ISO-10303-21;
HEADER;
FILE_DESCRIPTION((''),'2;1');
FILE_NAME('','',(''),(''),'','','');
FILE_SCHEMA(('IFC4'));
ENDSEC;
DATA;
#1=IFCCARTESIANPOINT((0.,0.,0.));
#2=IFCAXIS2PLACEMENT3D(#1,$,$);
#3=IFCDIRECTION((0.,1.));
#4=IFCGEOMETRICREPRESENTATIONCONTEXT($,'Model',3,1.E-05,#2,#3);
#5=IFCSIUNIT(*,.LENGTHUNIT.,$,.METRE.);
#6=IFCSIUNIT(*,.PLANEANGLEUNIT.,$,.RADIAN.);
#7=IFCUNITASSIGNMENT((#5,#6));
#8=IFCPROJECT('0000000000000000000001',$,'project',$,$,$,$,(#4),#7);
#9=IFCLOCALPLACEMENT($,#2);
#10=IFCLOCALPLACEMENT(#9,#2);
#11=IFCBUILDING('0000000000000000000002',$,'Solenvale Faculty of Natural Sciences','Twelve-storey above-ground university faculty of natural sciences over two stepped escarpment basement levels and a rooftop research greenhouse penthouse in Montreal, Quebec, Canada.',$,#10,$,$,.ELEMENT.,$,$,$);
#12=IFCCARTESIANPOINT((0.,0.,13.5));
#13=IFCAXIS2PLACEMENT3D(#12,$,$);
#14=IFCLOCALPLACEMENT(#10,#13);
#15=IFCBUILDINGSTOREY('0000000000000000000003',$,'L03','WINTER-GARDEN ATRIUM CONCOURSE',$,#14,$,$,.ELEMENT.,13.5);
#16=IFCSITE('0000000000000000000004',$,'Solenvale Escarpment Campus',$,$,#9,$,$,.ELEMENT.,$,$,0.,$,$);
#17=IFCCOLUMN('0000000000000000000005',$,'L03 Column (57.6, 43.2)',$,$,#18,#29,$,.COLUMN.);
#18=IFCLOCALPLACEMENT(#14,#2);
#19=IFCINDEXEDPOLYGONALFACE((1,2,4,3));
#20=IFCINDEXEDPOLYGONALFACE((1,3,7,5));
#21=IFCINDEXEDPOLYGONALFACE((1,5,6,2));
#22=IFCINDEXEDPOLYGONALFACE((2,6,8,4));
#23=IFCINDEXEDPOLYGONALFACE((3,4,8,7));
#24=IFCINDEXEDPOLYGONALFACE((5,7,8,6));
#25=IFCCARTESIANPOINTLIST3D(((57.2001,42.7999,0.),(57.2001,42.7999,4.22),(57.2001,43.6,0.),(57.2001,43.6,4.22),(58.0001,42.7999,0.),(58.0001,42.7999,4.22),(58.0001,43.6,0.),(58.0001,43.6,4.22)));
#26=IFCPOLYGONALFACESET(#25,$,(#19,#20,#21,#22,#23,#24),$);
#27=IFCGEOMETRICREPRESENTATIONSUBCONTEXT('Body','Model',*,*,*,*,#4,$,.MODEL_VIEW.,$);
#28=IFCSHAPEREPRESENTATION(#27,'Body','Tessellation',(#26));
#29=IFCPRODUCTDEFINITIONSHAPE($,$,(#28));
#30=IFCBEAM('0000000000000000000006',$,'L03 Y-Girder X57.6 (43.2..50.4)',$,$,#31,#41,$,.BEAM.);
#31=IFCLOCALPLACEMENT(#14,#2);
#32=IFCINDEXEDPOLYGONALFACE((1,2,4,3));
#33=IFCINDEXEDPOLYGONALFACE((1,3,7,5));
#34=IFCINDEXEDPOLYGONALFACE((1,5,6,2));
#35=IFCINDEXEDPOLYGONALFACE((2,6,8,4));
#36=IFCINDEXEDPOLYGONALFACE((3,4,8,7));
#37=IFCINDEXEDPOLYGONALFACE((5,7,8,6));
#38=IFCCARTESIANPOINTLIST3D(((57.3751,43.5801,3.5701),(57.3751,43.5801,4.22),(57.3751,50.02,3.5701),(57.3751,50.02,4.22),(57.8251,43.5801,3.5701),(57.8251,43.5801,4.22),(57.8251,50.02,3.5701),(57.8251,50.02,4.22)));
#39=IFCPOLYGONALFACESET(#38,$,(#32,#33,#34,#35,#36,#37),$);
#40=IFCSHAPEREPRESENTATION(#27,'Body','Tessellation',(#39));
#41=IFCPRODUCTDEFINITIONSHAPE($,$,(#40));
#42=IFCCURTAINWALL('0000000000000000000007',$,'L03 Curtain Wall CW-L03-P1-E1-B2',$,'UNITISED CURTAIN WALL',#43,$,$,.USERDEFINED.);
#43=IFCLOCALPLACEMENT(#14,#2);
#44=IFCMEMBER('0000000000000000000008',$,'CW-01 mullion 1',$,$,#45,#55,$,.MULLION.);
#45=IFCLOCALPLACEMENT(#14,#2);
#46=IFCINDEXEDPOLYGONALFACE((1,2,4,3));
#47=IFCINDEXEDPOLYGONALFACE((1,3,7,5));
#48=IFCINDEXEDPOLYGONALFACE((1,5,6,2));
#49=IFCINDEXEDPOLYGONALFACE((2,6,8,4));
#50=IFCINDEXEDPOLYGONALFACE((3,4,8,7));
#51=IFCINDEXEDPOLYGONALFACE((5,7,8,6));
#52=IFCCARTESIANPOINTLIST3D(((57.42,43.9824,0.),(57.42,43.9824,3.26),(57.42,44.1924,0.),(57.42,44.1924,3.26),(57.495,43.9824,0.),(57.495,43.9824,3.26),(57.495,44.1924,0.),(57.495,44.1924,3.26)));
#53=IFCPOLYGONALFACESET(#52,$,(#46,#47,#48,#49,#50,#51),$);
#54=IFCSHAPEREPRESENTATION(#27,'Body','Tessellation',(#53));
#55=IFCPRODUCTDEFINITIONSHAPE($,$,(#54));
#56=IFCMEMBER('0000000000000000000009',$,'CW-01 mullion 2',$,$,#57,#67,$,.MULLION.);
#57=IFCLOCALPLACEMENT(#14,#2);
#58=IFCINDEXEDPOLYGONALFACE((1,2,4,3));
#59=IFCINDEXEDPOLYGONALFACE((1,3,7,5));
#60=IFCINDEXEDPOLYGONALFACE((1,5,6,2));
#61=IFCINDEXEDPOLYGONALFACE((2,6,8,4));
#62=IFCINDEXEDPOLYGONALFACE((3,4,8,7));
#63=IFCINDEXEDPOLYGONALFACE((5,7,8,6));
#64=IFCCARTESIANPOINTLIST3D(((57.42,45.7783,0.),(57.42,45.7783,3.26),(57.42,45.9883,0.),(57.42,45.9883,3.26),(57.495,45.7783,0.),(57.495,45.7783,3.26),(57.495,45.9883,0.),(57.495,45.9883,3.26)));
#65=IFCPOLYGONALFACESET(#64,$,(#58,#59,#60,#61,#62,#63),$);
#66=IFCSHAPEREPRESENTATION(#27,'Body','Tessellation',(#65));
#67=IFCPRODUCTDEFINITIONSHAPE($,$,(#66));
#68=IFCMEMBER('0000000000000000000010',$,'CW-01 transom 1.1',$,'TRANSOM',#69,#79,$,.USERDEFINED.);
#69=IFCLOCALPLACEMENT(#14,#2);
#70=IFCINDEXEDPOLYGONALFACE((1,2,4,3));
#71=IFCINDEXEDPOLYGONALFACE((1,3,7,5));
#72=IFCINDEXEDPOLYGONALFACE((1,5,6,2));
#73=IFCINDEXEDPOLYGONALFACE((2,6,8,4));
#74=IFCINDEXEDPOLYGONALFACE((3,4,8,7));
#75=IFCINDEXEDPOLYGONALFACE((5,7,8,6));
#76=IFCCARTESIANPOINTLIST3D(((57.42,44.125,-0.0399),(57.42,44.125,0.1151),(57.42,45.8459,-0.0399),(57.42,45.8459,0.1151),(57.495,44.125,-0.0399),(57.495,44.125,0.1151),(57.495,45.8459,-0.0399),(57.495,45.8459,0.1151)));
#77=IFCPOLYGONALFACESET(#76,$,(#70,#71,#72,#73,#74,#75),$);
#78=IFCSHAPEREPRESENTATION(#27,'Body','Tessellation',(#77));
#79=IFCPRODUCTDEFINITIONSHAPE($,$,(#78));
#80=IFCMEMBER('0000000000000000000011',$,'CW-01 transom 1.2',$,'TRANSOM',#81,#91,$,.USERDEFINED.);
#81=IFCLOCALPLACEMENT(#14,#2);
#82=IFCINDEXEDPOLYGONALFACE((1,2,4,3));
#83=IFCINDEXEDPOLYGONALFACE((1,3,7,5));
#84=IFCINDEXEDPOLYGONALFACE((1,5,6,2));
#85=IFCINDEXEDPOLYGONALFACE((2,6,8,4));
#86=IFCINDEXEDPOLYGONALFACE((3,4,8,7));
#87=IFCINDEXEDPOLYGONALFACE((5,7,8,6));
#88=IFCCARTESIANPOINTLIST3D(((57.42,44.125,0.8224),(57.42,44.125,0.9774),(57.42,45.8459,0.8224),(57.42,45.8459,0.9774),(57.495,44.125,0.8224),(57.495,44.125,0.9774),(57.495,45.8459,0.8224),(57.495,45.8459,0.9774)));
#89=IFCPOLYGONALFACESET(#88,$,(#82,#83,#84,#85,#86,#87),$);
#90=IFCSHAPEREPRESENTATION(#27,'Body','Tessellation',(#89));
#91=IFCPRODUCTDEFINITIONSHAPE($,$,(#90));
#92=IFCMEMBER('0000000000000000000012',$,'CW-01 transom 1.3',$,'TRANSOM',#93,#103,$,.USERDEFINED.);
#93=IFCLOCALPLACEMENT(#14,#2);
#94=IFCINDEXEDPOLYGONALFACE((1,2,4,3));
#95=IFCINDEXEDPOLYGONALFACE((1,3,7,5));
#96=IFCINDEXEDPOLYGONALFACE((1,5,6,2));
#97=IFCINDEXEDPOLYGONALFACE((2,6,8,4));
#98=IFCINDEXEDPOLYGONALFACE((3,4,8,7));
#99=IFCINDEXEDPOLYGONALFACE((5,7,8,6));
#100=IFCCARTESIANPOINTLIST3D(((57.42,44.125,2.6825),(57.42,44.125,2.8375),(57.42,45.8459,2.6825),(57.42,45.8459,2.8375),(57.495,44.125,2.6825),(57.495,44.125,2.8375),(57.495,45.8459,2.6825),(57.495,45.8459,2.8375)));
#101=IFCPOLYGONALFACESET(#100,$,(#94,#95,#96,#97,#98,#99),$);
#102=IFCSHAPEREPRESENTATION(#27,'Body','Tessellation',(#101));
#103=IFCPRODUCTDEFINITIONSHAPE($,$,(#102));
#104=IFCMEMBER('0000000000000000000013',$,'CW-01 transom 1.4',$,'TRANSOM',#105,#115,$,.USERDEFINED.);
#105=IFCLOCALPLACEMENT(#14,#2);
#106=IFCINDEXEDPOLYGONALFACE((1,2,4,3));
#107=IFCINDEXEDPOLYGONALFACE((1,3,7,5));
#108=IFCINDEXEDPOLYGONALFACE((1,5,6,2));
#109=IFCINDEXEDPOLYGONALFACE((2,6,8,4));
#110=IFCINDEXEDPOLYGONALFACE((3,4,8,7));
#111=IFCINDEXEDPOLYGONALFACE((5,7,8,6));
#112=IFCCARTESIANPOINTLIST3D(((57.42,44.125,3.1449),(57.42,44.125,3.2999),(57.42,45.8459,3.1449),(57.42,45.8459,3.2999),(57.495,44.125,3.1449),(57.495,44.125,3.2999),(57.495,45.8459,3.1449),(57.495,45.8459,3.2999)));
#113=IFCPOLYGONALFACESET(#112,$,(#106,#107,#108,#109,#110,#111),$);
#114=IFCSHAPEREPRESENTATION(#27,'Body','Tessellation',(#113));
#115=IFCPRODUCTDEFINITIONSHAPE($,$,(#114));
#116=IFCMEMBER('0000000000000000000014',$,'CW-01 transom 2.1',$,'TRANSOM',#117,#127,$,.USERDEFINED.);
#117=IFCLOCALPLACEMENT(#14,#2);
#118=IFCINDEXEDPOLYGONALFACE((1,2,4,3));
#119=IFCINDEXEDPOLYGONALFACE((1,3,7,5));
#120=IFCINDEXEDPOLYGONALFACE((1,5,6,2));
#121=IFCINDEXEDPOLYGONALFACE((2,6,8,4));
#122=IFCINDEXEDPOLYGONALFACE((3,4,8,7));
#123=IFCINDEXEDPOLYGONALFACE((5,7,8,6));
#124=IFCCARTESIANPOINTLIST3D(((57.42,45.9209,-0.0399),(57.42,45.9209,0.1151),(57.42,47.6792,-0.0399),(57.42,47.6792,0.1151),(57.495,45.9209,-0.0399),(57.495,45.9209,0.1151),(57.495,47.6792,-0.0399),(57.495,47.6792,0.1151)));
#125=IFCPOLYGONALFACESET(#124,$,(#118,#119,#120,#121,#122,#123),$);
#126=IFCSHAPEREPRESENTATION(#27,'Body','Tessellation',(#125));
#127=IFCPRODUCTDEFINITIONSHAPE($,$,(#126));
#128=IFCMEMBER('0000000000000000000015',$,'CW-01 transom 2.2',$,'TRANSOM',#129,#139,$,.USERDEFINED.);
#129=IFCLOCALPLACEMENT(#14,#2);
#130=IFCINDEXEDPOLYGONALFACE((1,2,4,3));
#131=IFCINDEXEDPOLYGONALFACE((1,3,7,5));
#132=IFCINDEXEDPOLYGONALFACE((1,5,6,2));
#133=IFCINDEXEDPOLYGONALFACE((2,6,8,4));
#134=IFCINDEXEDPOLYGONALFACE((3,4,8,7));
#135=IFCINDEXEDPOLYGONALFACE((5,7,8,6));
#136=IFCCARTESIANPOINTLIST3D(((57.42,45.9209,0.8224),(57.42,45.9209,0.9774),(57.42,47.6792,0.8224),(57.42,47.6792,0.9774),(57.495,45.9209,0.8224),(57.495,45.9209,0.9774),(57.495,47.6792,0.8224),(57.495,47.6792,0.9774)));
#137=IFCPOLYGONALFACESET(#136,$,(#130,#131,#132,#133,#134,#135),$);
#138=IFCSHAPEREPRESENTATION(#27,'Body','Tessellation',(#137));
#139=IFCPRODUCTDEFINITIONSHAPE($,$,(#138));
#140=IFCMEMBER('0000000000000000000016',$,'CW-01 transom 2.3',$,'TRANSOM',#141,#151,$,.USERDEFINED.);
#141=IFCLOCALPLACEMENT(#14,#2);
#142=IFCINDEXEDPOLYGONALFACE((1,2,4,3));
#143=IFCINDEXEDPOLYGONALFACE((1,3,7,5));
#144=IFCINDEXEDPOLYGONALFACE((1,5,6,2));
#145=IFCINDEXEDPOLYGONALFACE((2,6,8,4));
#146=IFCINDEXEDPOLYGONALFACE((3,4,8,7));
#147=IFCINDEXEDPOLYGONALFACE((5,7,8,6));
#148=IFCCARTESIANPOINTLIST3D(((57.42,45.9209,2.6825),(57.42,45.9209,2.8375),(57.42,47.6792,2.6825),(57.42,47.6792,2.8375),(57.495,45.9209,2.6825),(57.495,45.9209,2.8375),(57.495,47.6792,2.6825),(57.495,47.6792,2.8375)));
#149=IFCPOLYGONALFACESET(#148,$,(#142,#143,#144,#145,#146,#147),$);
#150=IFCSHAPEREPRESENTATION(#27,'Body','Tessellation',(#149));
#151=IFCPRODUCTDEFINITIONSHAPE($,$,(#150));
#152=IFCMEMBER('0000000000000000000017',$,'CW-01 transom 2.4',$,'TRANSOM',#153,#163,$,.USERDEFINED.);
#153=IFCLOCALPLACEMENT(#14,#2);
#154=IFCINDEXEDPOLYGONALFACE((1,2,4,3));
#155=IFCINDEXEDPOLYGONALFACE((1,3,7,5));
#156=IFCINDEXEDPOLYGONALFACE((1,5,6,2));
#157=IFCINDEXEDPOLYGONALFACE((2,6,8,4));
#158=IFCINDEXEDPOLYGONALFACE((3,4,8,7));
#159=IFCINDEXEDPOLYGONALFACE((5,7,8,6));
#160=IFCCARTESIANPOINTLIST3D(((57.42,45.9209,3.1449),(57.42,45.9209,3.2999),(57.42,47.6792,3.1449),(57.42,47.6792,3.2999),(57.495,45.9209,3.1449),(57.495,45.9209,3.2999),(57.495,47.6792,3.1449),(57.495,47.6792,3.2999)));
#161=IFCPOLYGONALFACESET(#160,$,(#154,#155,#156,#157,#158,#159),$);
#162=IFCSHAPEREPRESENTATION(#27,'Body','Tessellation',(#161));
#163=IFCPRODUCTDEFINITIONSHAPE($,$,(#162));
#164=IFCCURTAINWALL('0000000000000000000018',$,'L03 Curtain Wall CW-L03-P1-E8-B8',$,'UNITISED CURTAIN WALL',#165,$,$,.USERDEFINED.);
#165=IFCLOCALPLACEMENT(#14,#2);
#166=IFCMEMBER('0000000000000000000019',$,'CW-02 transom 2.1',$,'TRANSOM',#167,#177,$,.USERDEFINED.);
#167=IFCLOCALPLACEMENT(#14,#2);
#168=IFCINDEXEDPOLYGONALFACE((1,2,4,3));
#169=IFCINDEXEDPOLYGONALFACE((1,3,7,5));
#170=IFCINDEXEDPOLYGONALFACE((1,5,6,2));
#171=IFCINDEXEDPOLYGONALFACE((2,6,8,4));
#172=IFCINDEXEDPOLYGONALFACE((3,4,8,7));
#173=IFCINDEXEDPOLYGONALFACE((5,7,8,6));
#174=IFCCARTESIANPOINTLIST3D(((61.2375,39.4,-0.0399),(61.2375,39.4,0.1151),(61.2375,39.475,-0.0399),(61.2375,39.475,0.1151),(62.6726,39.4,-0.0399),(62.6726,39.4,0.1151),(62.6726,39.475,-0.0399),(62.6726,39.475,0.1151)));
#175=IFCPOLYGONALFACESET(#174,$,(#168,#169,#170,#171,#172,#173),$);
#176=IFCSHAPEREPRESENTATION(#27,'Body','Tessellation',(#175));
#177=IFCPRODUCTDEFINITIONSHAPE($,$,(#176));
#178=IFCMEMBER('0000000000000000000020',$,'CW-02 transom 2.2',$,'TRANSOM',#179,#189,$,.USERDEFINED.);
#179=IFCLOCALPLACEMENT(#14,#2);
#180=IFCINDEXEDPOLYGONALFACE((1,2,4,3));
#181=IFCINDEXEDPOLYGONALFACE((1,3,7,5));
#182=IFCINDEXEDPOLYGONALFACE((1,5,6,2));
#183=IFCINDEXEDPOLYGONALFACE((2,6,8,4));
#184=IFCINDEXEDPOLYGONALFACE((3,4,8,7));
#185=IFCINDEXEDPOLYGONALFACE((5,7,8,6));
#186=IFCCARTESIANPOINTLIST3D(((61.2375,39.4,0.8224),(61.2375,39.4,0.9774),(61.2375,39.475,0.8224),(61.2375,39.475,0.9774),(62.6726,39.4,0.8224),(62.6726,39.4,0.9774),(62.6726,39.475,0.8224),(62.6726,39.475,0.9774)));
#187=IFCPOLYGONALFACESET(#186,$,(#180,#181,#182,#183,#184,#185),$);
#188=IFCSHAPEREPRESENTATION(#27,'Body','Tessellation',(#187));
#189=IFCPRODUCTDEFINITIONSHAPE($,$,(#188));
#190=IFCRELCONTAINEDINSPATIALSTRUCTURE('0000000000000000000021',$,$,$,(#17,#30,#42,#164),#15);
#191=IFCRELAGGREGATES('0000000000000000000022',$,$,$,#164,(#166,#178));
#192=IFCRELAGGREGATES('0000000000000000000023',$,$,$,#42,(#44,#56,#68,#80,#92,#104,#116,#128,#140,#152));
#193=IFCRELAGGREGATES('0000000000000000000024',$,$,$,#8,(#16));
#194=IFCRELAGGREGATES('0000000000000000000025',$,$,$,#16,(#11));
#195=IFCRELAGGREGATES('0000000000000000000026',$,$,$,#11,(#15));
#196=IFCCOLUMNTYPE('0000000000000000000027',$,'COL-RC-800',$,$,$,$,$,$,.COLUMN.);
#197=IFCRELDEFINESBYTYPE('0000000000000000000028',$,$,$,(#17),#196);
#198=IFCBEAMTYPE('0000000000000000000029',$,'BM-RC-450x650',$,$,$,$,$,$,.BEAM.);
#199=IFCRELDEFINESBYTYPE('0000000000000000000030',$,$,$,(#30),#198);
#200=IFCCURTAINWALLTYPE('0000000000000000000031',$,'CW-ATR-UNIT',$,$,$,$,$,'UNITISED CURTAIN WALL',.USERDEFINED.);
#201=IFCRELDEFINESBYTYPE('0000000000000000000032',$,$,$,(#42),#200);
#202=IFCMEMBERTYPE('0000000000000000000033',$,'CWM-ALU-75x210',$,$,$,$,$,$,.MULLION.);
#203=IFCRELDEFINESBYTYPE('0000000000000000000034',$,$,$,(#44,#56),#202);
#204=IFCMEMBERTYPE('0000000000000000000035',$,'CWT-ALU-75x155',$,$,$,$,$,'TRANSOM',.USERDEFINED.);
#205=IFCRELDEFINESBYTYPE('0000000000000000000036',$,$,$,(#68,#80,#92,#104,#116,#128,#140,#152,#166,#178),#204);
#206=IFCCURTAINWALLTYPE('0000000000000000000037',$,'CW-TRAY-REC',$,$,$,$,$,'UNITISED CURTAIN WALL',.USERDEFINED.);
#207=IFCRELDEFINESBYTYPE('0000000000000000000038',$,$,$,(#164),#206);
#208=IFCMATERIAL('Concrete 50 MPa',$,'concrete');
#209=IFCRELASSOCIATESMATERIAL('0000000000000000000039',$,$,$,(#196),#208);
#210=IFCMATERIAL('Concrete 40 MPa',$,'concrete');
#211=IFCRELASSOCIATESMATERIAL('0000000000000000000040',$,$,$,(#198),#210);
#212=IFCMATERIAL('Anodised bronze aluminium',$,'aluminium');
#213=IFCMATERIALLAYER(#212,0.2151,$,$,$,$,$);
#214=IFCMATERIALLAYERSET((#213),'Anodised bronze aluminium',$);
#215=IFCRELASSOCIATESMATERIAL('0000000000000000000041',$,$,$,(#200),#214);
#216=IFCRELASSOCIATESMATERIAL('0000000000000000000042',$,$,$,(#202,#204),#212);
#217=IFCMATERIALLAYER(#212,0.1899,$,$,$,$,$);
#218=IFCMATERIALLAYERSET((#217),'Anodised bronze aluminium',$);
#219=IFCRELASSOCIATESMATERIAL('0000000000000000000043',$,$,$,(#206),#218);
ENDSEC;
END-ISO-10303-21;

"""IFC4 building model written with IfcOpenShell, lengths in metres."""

from ifc_helpers import new_model, si_unit, direction, frame, origin, origin_2d, place, context, subcontext, project, spatial, rectangle, extrude, material, layer, layer_set, material_profile, profile_set, type_object, element, aggregate, save


model = new_model("IFC4")

# Units and contexts
model_context = context("Model", 3, precision=1e-05, world=origin(), true_north=direction((0.0, 1.0)))
body_context = subcontext(model_context, "Body", "Model", "MODEL_VIEW")
ifc_project = project(units=[si_unit("LENGTHUNIT", "METRE"), si_unit("PLANEANGLEUNIT", "RADIAN")], contexts=[model_context])

# Site, building, storey
site_placement = place(None, origin())
site = spatial("IfcSite", under=ifc_project, at=site_placement, Name="Solenvale Escarpment Campus", CompositionType="ELEMENT", RefElevation=0.0)
building_placement = place(site_placement, origin())
building = spatial("IfcBuilding", under=site, at=building_placement, Name="Solenvale Faculty of Natural Sciences", Description="Twelve-storey above-ground university faculty of natural sciences over two stepped escarpment basement levels and a rooftop research greenhouse penthouse in Montreal, Quebec, Canada.", CompositionType="ELEMENT")
storey_placement = place(building_placement, frame((0.0, 0.0, 13.5)))
storey = spatial("IfcBuildingStorey", under=building, at=storey_placement, Name="L03", Description="WINTER-GARDEN ATRIUM CONCOURSE", CompositionType="ELEMENT", Elevation=13.5)

# Column
ifc_material_1 = material(Name="Concrete 50 MPa", Category="concrete")
ifc_material_profile_1 = material_profile(ifc_material_1, rectangle(XDim=0.8, YDim=0.8, at=origin_2d()), Name="RC-COL-800x800")
ifc_profile_set_1 = profile_set([ifc_material_profile_1], Name="Concrete 50 MPa")
column_type = type_object("IfcColumnType", Name="COL-RC-800", PredefinedType="COLUMN", material=ifc_profile_set_1)
column_placement = place(storey_placement, frame((57.6001, 43.2, 0.0), z_axis=(0.0, 0.0, 1.0), x_axis=(1.0, 0.0, 0.0)))
element("IfcColumn", 1, at=column_placement, inside=storey, type_object=column_type, Name="L03 Column (57.6, 43.2)", PredefinedType="COLUMN", context=body_context, shape_type="SweptSolid", body=[
    extrude(rectangle(XDim=0.8, YDim=0.8, at=origin_2d()), origin(), (0.0, 0.0, 1.0), 4.22),
])

# Beam
ifc_material_2 = material(Name="Concrete 40 MPa", Category="concrete")
ifc_material_profile_2 = material_profile(ifc_material_2, rectangle(XDim=0.45, YDim=0.6499, at=origin_2d()), Name="RC-BM-450x650")
ifc_profile_set_2 = profile_set([ifc_material_profile_2], Name="Concrete 40 MPa")
beam_type = type_object("IfcBeamType", Name="BM-RC-450x650", PredefinedType="BEAM", material=ifc_profile_set_2)
beam_placement = place(storey_placement, frame((57.6001, 43.5801, 3.895), z_axis=(0.0, 1.0, 0.0), x_axis=(-1.0, 0.0, 0.0)))
element("IfcBeam", 2, at=beam_placement, inside=storey, type_object=beam_type, Name="L03 Y-Girder X57.6 (43.2..50.4)", PredefinedType="BEAM", context=body_context, shape_type="SweptSolid", body=[
    extrude(rectangle(XDim=0.45, YDim=0.6499, at=origin_2d()), origin(), (0.0, 0.0, 1.0), 6.4399),
])

# Curtain wall, members
ifc_material_3 = material(Name="Anodised bronze aluminium", Category="aluminium")
ifc_layer_1 = layer(ifc_material_3, 0.2151)
ifc_layer_set_1 = layer_set([ifc_layer_1], Name="Anodised bronze aluminium")
curtain_wall_type_1 = type_object("IfcCurtainWallType", Name="CW-ATR-UNIT", ElementType="UNITISED CURTAIN WALL", PredefinedType="USERDEFINED", material=ifc_layer_set_1)
curtain_wall_1_placement = place(storey_placement, origin())
curtain_wall_1 = element("IfcCurtainWall", 3, at=curtain_wall_1_placement, inside=storey, type_object=curtain_wall_type_1, Name="L03 Curtain Wall CW-L03-P1-E1-B2", ObjectType="UNITISED CURTAIN WALL", PredefinedType="USERDEFINED")
ifc_material_profile_3 = material_profile(ifc_material_3, rectangle(XDim=0.075, YDim=0.21, at=origin_2d()), Name="ALU-MUL-75x210")
ifc_profile_set_3 = profile_set([ifc_material_profile_3], Name="Anodised bronze aluminium")
member_type_1 = type_object("IfcMemberType", Name="CWM-ALU-75x210", PredefinedType="MULLION", material=ifc_profile_set_3)
member_1_placement = place(storey_placement, frame((57.4575, 44.0874, 0.0), z_axis=(0.0, 0.0, 1.0), x_axis=(-1.0, 0.0, 0.0)))
member_1 = element("IfcMember", 4, at=member_1_placement, type_object=member_type_1, Name="CW-01 mullion 1", PredefinedType="MULLION", context=body_context, shape_type="SweptSolid", body=[
    extrude(rectangle(XDim=0.075, YDim=0.21, at=origin_2d()), origin(), (0.0, 0.0, 1.0), 3.26),
])
member_2_placement = place(storey_placement, frame((57.4575, 45.8833, 0.0), z_axis=(0.0, 0.0, 1.0), x_axis=(-1.0, 0.0, 0.0)))
member_2 = element("IfcMember", 5, at=member_2_placement, type_object=member_type_1, Name="CW-01 mullion 2", PredefinedType="MULLION", context=body_context, shape_type="SweptSolid", body=[
    extrude(rectangle(XDim=0.075, YDim=0.21, at=origin_2d()), origin(), (0.0, 0.0, 1.0), 3.26),
])
ifc_material_profile_4 = material_profile(ifc_material_3, rectangle(XDim=0.075, YDim=0.155, at=origin_2d()), Name="ALU-TRN-75x155")
ifc_profile_set_4 = profile_set([ifc_material_profile_4], Name="Anodised bronze aluminium")
member_type_2 = type_object("IfcMemberType", Name="CWT-ALU-75x155", ElementType="TRANSOM", PredefinedType="USERDEFINED", material=ifc_profile_set_4)
member_3_placement = place(storey_placement, frame((57.4575, 44.125, 0.0376), z_axis=(0.0, 1.0, 0.0), x_axis=(-1.0, 0.0, 0.0)))
member_3 = element("IfcMember", 6, at=member_3_placement, type_object=member_type_2, Name="CW-01 transom 1.1", ObjectType="TRANSOM", PredefinedType="USERDEFINED", context=body_context, shape_type="SweptSolid", body=[
    extrude(rectangle(XDim=0.075, YDim=0.155, at=origin_2d()), origin(), (0.0, 0.0, 1.0), 1.7209),
])
member_4_placement = place(storey_placement, frame((57.4575, 44.125, 0.8999), z_axis=(0.0, 1.0, 0.0), x_axis=(-1.0, 0.0, 0.0)))
member_4 = element("IfcMember", 7, at=member_4_placement, type_object=member_type_2, Name="CW-01 transom 1.2", ObjectType="TRANSOM", PredefinedType="USERDEFINED", context=body_context, shape_type="SweptSolid", body=[
    extrude(rectangle(XDim=0.075, YDim=0.155, at=origin_2d()), origin(), (0.0, 0.0, 1.0), 1.7209),
])
member_5_placement = place(storey_placement, frame((57.4575, 44.125, 2.76), z_axis=(0.0, 1.0, 0.0), x_axis=(-1.0, 0.0, 0.0)))
member_5 = element("IfcMember", 8, at=member_5_placement, type_object=member_type_2, Name="CW-01 transom 1.3", ObjectType="TRANSOM", PredefinedType="USERDEFINED", context=body_context, shape_type="SweptSolid", body=[
    extrude(rectangle(XDim=0.075, YDim=0.155, at=origin_2d()), origin(), (0.0, 0.0, 1.0), 1.7209),
])
member_6_placement = place(storey_placement, frame((57.4575, 44.125, 3.2224), z_axis=(0.0, 1.0, 0.0), x_axis=(-1.0, 0.0, 0.0)))
member_6 = element("IfcMember", 9, at=member_6_placement, type_object=member_type_2, Name="CW-01 transom 1.4", ObjectType="TRANSOM", PredefinedType="USERDEFINED", context=body_context, shape_type="SweptSolid", body=[
    extrude(rectangle(XDim=0.075, YDim=0.155, at=origin_2d()), origin(), (0.0, 0.0, 1.0), 1.7209),
])
member_7_placement = place(storey_placement, frame((57.4575, 45.9209, 0.0376), z_axis=(0.0, 1.0, 0.0), x_axis=(-1.0, 0.0, 0.0)))
member_7 = element("IfcMember", 10, at=member_7_placement, type_object=member_type_2, Name="CW-01 transom 2.1", ObjectType="TRANSOM", PredefinedType="USERDEFINED", context=body_context, shape_type="SweptSolid", body=[
    extrude(rectangle(XDim=0.075, YDim=0.155, at=origin_2d()), origin(), (0.0, 0.0, 1.0), 1.7583),
])
member_8_placement = place(storey_placement, frame((57.4575, 45.9209, 0.8999), z_axis=(0.0, 1.0, 0.0), x_axis=(-1.0, 0.0, 0.0)))
member_8 = element("IfcMember", 11, at=member_8_placement, type_object=member_type_2, Name="CW-01 transom 2.2", ObjectType="TRANSOM", PredefinedType="USERDEFINED", context=body_context, shape_type="SweptSolid", body=[
    extrude(rectangle(XDim=0.075, YDim=0.155, at=origin_2d()), origin(), (0.0, 0.0, 1.0), 1.7583),
])
member_9_placement = place(storey_placement, frame((57.4575, 45.9209, 2.76), z_axis=(0.0, 1.0, 0.0), x_axis=(-1.0, 0.0, 0.0)))
member_9 = element("IfcMember", 12, at=member_9_placement, type_object=member_type_2, Name="CW-01 transom 2.3", ObjectType="TRANSOM", PredefinedType="USERDEFINED", context=body_context, shape_type="SweptSolid", body=[
    extrude(rectangle(XDim=0.075, YDim=0.155, at=origin_2d()), origin(), (0.0, 0.0, 1.0), 1.7583),
])
member_10_placement = place(storey_placement, frame((57.4575, 45.9209, 3.2224), z_axis=(0.0, 1.0, 0.0), x_axis=(-1.0, 0.0, 0.0)))
member_10 = element("IfcMember", 13, at=member_10_placement, type_object=member_type_2, Name="CW-01 transom 2.4", ObjectType="TRANSOM", PredefinedType="USERDEFINED", context=body_context, shape_type="SweptSolid", body=[
    extrude(rectangle(XDim=0.075, YDim=0.155, at=origin_2d()), origin(), (0.0, 0.0, 1.0), 1.7583),
])

# Curtain wall, members
ifc_layer_2 = layer(ifc_material_3, 0.1899)
ifc_layer_set_2 = layer_set([ifc_layer_2], Name="Anodised bronze aluminium")
curtain_wall_type_2 = type_object("IfcCurtainWallType", Name="CW-TRAY-REC", ElementType="UNITISED CURTAIN WALL", PredefinedType="USERDEFINED", material=ifc_layer_set_2)
curtain_wall_2_placement = place(storey_placement, origin())
curtain_wall_2 = element("IfcCurtainWall", 14, at=curtain_wall_2_placement, inside=storey, type_object=curtain_wall_type_2, Name="L03 Curtain Wall CW-L03-P1-E8-B8", ObjectType="UNITISED CURTAIN WALL", PredefinedType="USERDEFINED")
member_11_placement = place(storey_placement, frame((62.6726, 39.4375, 0.0376), z_axis=(-1.0, 0.0, 0.0), x_axis=(0.0, -1.0, 0.0)))
member_11 = element("IfcMember", 15, at=member_11_placement, type_object=member_type_2, Name="CW-02 transom 2.1", ObjectType="TRANSOM", PredefinedType="USERDEFINED", context=body_context, shape_type="SweptSolid", body=[
    extrude(rectangle(XDim=0.075, YDim=0.155, at=origin_2d()), origin(), (0.0, 0.0, 1.0), 1.4351),
])
member_12_placement = place(storey_placement, frame((62.6726, 39.4375, 0.8999), z_axis=(-1.0, 0.0, 0.0), x_axis=(0.0, -1.0, 0.0)))
member_12 = element("IfcMember", 16, at=member_12_placement, type_object=member_type_2, Name="CW-02 transom 2.2", ObjectType="TRANSOM", PredefinedType="USERDEFINED", context=body_context, shape_type="SweptSolid", body=[
    extrude(rectangle(XDim=0.075, YDim=0.155, at=origin_2d()), origin(), (0.0, 0.0, 1.0), 1.4351),
])
aggregate(curtain_wall_2, [member_11, member_12])

aggregate(curtain_wall_1, [member_1, member_2, member_3, member_4, member_5, member_6, member_7, member_8, member_9, member_10])

save(model, "model.ifc")
